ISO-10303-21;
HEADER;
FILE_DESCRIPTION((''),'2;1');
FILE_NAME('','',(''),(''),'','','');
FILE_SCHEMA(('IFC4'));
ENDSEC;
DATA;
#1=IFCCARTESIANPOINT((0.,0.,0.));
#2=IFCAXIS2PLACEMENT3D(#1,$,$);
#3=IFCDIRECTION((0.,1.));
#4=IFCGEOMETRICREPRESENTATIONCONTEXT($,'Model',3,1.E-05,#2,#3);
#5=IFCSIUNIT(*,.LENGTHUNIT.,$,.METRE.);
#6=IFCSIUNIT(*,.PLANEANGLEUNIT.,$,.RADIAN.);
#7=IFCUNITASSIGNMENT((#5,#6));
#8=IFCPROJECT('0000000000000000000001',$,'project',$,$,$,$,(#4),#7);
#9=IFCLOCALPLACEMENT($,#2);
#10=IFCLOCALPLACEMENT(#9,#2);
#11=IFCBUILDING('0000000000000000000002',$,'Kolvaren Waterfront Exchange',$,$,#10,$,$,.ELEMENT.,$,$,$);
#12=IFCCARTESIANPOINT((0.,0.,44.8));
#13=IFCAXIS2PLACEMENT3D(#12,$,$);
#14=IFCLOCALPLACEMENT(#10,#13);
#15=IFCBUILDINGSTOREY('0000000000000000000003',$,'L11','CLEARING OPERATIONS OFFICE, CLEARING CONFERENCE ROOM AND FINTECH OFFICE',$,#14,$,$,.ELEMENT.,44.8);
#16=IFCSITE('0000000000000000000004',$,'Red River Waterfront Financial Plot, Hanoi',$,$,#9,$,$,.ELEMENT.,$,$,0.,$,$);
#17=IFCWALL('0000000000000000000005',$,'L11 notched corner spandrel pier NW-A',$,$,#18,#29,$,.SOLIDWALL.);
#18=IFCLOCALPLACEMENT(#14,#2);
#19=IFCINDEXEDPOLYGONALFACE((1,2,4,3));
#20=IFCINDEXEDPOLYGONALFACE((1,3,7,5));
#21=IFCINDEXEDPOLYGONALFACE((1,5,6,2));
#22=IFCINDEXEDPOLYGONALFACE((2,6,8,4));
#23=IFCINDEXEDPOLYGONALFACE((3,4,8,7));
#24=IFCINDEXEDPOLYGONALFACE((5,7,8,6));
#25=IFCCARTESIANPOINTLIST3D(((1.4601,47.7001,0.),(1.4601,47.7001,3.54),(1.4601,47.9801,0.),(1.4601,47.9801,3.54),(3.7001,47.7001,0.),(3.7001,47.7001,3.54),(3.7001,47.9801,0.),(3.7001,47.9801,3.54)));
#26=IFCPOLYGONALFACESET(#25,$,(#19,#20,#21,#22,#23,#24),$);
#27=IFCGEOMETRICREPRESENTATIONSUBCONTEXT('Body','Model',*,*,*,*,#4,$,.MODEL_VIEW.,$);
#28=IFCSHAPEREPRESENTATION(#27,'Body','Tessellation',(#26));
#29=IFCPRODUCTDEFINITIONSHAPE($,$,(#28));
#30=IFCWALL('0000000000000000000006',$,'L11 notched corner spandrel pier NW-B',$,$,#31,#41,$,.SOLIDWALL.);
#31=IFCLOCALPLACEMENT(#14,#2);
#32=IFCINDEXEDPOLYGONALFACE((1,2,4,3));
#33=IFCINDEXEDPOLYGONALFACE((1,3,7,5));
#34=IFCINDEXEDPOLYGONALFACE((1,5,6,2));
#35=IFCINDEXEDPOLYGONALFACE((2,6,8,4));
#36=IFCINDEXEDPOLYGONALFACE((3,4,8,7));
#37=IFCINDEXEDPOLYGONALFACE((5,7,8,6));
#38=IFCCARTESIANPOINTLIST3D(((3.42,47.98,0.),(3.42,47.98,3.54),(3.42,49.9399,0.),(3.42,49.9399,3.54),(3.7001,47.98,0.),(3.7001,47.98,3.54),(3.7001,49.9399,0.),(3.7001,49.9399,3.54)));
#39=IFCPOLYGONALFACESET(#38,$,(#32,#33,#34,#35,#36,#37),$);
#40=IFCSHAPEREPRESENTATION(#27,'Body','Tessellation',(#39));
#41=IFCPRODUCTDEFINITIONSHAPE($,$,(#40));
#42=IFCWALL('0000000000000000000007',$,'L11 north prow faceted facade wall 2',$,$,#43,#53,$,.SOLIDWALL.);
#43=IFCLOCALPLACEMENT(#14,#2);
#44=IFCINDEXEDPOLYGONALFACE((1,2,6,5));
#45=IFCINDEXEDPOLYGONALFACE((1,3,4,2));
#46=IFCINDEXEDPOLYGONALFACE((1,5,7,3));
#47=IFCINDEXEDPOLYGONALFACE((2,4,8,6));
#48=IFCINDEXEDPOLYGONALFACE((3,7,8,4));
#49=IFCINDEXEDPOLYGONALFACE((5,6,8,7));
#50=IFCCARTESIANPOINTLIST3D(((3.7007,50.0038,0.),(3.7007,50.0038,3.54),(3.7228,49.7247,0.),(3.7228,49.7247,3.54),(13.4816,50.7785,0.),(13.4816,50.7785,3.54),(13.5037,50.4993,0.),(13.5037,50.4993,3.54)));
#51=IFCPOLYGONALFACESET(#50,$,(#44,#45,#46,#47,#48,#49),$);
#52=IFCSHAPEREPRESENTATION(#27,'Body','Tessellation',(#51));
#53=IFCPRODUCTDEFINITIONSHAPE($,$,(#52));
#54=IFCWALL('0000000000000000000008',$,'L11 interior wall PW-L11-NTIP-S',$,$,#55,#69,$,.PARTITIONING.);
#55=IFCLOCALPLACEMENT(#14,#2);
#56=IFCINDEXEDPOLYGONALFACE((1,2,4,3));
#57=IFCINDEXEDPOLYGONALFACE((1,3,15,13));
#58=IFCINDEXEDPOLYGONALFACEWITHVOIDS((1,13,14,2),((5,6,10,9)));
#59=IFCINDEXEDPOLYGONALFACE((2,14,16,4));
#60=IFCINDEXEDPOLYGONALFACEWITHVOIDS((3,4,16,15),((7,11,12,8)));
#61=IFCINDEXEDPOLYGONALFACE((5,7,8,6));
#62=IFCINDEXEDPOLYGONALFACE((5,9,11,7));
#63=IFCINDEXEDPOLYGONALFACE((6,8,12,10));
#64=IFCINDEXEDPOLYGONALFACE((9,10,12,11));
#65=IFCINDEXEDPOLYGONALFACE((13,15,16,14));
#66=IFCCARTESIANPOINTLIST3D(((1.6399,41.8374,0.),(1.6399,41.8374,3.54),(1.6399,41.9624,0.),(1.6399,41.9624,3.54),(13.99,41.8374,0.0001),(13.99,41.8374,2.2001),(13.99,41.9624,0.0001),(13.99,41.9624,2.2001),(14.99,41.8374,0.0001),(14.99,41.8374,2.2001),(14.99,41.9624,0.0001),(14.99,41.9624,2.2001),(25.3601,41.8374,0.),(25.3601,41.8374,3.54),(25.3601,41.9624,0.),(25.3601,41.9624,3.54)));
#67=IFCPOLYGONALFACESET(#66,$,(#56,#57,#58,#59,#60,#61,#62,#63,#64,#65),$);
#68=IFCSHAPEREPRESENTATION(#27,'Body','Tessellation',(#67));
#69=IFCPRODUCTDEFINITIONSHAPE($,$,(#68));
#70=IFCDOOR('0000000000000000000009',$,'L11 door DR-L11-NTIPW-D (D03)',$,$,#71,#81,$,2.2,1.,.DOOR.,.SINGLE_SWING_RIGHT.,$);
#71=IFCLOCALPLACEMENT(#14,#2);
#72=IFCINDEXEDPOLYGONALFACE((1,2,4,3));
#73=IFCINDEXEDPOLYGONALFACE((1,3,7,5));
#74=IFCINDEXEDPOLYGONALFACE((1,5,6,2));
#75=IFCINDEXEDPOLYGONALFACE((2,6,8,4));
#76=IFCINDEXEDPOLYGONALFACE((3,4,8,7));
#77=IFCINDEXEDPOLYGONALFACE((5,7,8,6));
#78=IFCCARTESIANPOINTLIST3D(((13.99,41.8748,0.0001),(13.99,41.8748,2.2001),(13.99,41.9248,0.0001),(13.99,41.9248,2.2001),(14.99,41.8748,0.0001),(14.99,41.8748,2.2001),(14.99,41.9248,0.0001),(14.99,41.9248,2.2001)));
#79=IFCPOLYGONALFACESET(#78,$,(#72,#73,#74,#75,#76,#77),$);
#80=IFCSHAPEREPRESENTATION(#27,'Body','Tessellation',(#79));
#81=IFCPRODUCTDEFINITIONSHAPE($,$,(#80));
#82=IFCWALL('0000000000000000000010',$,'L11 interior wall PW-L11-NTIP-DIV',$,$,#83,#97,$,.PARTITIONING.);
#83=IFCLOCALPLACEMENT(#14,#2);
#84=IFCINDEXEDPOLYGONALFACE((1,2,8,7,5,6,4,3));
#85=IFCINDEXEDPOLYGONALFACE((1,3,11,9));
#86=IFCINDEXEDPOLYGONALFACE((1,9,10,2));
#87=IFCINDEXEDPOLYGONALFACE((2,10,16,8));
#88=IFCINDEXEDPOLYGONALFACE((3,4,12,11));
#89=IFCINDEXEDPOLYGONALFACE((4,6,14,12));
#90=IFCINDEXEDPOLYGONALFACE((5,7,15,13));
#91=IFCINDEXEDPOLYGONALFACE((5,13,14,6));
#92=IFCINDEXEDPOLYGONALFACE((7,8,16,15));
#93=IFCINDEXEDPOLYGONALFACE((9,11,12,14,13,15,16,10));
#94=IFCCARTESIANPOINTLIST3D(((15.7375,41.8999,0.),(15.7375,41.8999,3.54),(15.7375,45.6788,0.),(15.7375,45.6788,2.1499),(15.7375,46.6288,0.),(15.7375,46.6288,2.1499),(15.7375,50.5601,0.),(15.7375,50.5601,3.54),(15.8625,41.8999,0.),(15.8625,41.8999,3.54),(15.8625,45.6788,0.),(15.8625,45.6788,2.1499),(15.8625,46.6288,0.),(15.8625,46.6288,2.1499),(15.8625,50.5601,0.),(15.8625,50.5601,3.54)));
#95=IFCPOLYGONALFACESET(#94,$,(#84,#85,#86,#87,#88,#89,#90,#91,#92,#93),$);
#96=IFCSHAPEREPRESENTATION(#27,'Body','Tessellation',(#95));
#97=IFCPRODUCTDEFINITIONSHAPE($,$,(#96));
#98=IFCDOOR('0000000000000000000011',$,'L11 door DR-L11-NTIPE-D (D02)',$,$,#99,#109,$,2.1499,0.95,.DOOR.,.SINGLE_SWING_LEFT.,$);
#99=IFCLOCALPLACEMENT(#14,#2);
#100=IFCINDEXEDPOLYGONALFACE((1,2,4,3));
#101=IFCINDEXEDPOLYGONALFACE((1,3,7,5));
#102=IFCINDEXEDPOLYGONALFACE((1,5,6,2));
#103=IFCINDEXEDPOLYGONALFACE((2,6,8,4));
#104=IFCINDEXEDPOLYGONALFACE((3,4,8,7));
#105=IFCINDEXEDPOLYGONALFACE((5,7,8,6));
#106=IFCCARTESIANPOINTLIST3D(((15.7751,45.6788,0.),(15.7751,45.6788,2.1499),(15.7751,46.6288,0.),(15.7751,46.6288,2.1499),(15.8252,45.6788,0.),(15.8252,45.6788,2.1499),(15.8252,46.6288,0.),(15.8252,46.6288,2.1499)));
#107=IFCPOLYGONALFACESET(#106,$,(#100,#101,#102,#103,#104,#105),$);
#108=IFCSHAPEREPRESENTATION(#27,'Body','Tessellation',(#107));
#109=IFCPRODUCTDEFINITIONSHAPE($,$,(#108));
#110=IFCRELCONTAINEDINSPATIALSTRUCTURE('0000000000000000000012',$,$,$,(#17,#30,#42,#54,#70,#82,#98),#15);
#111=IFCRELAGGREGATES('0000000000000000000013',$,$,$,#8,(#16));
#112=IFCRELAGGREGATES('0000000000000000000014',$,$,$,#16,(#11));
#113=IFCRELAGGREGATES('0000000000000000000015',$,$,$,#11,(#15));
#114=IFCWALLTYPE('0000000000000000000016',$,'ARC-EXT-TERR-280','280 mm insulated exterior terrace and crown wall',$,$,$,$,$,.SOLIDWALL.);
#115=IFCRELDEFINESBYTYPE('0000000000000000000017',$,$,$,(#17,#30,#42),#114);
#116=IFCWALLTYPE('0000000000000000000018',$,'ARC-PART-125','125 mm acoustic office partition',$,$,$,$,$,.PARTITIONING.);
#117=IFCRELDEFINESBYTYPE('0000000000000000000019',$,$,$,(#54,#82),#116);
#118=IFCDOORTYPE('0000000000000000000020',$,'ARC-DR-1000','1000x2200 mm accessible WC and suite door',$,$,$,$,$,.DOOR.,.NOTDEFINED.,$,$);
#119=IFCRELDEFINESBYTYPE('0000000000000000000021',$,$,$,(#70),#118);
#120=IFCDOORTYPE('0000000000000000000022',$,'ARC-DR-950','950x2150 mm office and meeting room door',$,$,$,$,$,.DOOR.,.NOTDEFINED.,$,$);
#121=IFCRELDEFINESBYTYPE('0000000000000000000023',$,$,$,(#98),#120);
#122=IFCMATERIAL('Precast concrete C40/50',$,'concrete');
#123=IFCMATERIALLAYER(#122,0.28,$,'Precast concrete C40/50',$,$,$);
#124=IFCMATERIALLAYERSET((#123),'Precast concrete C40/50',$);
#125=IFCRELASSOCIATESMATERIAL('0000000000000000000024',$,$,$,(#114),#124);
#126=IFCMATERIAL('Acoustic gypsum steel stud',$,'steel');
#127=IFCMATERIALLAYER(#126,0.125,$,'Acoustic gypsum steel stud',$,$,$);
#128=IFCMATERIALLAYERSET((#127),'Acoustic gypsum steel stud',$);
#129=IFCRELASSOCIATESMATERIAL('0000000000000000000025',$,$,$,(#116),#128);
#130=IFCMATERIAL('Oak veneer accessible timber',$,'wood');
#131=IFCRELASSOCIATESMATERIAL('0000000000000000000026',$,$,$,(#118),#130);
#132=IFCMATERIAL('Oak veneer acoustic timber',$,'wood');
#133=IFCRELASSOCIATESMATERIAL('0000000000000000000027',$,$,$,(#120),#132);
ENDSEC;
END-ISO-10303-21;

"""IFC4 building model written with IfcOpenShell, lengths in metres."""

from ifc_helpers import new_model, si_unit, direction, frame, frame_2d, origin, place, context, subcontext, project, spatial, rectangle, extrude, material, layer, layer_set, type_object, element, fill, save


model = new_model("IFC4")

# Units and contexts
model_context = context("Model", 3, precision=1e-05, world=origin(), true_north=direction((0.0, 1.0)))
body_context = subcontext(model_context, "Body", "Model", "MODEL_VIEW")
ifc_project = project(units=[si_unit("LENGTHUNIT", "METRE"), si_unit("PLANEANGLEUNIT", "RADIAN")], contexts=[model_context])

# Site, building, storey
site_placement = place(None, origin())
site = spatial("IfcSite", under=ifc_project, at=site_placement, Name="Red River Waterfront Financial Plot, Hanoi", CompositionType="ELEMENT", RefElevation=0.0)
building_placement = place(site_placement, origin())
building = spatial("IfcBuilding", under=site, at=building_placement, Name="Kolvaren Waterfront Exchange", CompositionType="ELEMENT")
storey_placement = place(building_placement, frame((0.0, 0.0, 44.8)))
storey = spatial("IfcBuildingStorey", under=building, at=storey_placement, Name="L11", Description="CLEARING OPERATIONS OFFICE, CLEARING CONFERENCE ROOM AND FINTECH OFFICE", CompositionType="ELEMENT", Elevation=44.8)

# Walls
ifc_material_1 = material(Name="Precast concrete C40/50", Category="concrete")
ifc_layer_1 = layer(ifc_material_1, 0.28, Name="Precast concrete C40/50")
ifc_layer_set_1 = layer_set([ifc_layer_1], Name="Precast concrete C40/50")
wall_type_1 = type_object("IfcWallType", Name="ARC-EXT-TERR-280", Description="280 mm insulated exterior terrace and crown wall", PredefinedType="SOLIDWALL", material=ifc_layer_set_1)
wall_1_placement = place(storey_placement, frame((1.46, 47.8401, 0.0), z_axis=(0.0, 0.0, 1.0), x_axis=(1.0, 0.0, 0.0)))
element("IfcWall", 1, at=wall_1_placement, inside=storey, type_object=wall_type_1, Name="L11 notched corner spandrel pier NW-A", PredefinedType="SOLIDWALL", context=body_context, shape_type="SweptSolid", body=[
    extrude(rectangle(XDim=2.24, YDim=0.28, at=frame_2d((1.1201, 0.0))), origin(), (0.0, 0.0, 1.0), 3.54),
])
wall_2_placement = place(storey_placement, frame((3.5601, 47.98, 0.0), z_axis=(0.0, 0.0, 1.0), x_axis=(0.0, 1.0, 0.0)))
element("IfcWall", 2, at=wall_2_placement, inside=storey, type_object=wall_type_1, Name="L11 notched corner spandrel pier NW-B", PredefinedType="SOLIDWALL", context=body_context, shape_type="SweptSolid", body=[
    extrude(rectangle(XDim=1.96, YDim=0.28, at=frame_2d((0.98, 0.0))), origin(), (0.0, 0.0, 1.0), 3.54),
])
wall_3_placement = place(storey_placement, frame((13.4927, 50.6389, 0.0), z_axis=(0.0, 0.0, 1.0), x_axis=(-0.996878, -0.078953, 0.0)))
element("IfcWall", 3, at=wall_3_placement, inside=storey, type_object=wall_type_1, Name="L11 north prow faceted facade wall 2", PredefinedType="SOLIDWALL", context=body_context, shape_type="SweptSolid", body=[
    extrude(rectangle(XDim=9.8115, YDim=0.28, at=frame_2d((4.9058, 0.0))), origin(), (0.0, 0.0, 1.0), 3.54),
])

# Walls, openings, doors
ifc_material_2 = material(Name="Acoustic gypsum steel stud", Category="steel")
ifc_layer_2 = layer(ifc_material_2, 0.125, Name="Acoustic gypsum steel stud")
ifc_layer_set_2 = layer_set([ifc_layer_2], Name="Acoustic gypsum steel stud")
wall_type_2 = type_object("IfcWallType", Name="ARC-PART-125", Description="125 mm acoustic office partition", PredefinedType="PARTITIONING", material=ifc_layer_set_2)
wall_4_placement = place(storey_placement, frame((1.6399, 41.8999, 0.0), z_axis=(0.0, 0.0, 1.0), x_axis=(1.0, 0.0, 0.0)))
wall_4 = element("IfcWall", 4, at=wall_4_placement, inside=storey, type_object=wall_type_2, Name="L11 interior wall PW-L11-NTIP-S", PredefinedType="PARTITIONING", context=body_context, shape_type="SweptSolid", body=[
    extrude(rectangle(XDim=23.7202, YDim=0.125, at=frame_2d((11.8601, 0.0))), origin(), (0.0, 0.0, 1.0), 3.54),
])
opening_1_placement = place(wall_4_placement, frame((12.3501, 0.0, 0.0)))
opening_1 = element("IfcOpeningElement", 5, at=opening_1_placement, cuts=wall_4, PredefinedType="OPENING", context=body_context, shape_type="SweptSolid", body=[
    extrude(rectangle(XDim=1.0, YDim=2.2, at=frame_2d((0.5, 1.1001))), frame((0.0, 0.0725, 0.0), z_axis=(0.0, -1.0, 0.0), x_axis=(1.0, 0.0, 0.0)), (0.0, 0.0, 1.0), 0.145),
])
ifc_material_3 = material(Name="Oak veneer accessible timber", Category="wood")
door_type_1 = type_object("IfcDoorType", Name="ARC-DR-1000", Description="1000x2200 mm accessible WC and suite door", OperationType="NOTDEFINED", PredefinedType="DOOR", material=ifc_material_3)
door_1_placement = place(opening_1_placement, origin())
door_1 = element("IfcDoor", 6, at=door_1_placement, inside=storey, type_object=door_type_1, Name="L11 door DR-L11-NTIPW-D (D03)", OperationType="SINGLE_SWING_RIGHT", OverallHeight=2.2, OverallWidth=1.0, PredefinedType="DOOR", context=body_context, shape_type="SweptSolid", body=[
    extrude(rectangle(XDim=1.0, YDim=2.2, at=frame_2d((0.5, 1.1001))), frame((0.0, 0.0249, 0.0), z_axis=(0.0, -1.0, 0.0), x_axis=(1.0, 0.0, 0.0)), (0.0, 0.0, 1.0), 0.05),
])
fill(opening_1, door_1)
wall_5_placement = place(storey_placement, frame((15.8, 41.8999, 0.0), z_axis=(0.0, 0.0, 1.0), x_axis=(0.0, 1.0, 0.0)))
wall_5 = element("IfcWall", 7, at=wall_5_placement, inside=storey, type_object=wall_type_2, Name="L11 interior wall PW-L11-NTIP-DIV", PredefinedType="PARTITIONING", context=body_context, shape_type="SweptSolid", body=[
    extrude(rectangle(XDim=8.6602, YDim=0.125, at=frame_2d((4.3301, 0.0))), origin(), (0.0, 0.0, 1.0), 3.54),
])
opening_2_placement = place(wall_5_placement, frame((3.7788, 0.0, 0.0)))
opening_2 = element("IfcOpeningElement", 8, at=opening_2_placement, cuts=wall_5, PredefinedType="OPENING", context=body_context, shape_type="SweptSolid", body=[
    extrude(rectangle(XDim=0.95, YDim=2.1499, at=frame_2d((0.4751, 1.075))), frame((0.0, 0.0725, 0.0), z_axis=(0.0, -1.0, 0.0), x_axis=(1.0, 0.0, 0.0)), (0.0, 0.0, 1.0), 0.145),
])
ifc_material_4 = material(Name="Oak veneer acoustic timber", Category="wood")
door_type_2 = type_object("IfcDoorType", Name="ARC-DR-950", Description="950x2150 mm office and meeting room door", OperationType="NOTDEFINED", PredefinedType="DOOR", material=ifc_material_4)
door_2_placement = place(opening_2_placement, origin())
door_2 = element("IfcDoor", 9, at=door_2_placement, inside=storey, type_object=door_type_2, Name="L11 door DR-L11-NTIPE-D (D02)", OperationType="SINGLE_SWING_LEFT", OverallHeight=2.1499, OverallWidth=0.95, PredefinedType="DOOR", context=body_context, shape_type="SweptSolid", body=[
    extrude(rectangle(XDim=0.95, YDim=2.1499, at=frame_2d((0.4751, 1.075))), frame((0.0, 0.0249, 0.0), z_axis=(0.0, -1.0, 0.0), x_axis=(1.0, 0.0, 0.0)), (0.0, 0.0, 1.0), 0.05),
])
fill(opening_2, door_2)

save(model, "model.ifc")
